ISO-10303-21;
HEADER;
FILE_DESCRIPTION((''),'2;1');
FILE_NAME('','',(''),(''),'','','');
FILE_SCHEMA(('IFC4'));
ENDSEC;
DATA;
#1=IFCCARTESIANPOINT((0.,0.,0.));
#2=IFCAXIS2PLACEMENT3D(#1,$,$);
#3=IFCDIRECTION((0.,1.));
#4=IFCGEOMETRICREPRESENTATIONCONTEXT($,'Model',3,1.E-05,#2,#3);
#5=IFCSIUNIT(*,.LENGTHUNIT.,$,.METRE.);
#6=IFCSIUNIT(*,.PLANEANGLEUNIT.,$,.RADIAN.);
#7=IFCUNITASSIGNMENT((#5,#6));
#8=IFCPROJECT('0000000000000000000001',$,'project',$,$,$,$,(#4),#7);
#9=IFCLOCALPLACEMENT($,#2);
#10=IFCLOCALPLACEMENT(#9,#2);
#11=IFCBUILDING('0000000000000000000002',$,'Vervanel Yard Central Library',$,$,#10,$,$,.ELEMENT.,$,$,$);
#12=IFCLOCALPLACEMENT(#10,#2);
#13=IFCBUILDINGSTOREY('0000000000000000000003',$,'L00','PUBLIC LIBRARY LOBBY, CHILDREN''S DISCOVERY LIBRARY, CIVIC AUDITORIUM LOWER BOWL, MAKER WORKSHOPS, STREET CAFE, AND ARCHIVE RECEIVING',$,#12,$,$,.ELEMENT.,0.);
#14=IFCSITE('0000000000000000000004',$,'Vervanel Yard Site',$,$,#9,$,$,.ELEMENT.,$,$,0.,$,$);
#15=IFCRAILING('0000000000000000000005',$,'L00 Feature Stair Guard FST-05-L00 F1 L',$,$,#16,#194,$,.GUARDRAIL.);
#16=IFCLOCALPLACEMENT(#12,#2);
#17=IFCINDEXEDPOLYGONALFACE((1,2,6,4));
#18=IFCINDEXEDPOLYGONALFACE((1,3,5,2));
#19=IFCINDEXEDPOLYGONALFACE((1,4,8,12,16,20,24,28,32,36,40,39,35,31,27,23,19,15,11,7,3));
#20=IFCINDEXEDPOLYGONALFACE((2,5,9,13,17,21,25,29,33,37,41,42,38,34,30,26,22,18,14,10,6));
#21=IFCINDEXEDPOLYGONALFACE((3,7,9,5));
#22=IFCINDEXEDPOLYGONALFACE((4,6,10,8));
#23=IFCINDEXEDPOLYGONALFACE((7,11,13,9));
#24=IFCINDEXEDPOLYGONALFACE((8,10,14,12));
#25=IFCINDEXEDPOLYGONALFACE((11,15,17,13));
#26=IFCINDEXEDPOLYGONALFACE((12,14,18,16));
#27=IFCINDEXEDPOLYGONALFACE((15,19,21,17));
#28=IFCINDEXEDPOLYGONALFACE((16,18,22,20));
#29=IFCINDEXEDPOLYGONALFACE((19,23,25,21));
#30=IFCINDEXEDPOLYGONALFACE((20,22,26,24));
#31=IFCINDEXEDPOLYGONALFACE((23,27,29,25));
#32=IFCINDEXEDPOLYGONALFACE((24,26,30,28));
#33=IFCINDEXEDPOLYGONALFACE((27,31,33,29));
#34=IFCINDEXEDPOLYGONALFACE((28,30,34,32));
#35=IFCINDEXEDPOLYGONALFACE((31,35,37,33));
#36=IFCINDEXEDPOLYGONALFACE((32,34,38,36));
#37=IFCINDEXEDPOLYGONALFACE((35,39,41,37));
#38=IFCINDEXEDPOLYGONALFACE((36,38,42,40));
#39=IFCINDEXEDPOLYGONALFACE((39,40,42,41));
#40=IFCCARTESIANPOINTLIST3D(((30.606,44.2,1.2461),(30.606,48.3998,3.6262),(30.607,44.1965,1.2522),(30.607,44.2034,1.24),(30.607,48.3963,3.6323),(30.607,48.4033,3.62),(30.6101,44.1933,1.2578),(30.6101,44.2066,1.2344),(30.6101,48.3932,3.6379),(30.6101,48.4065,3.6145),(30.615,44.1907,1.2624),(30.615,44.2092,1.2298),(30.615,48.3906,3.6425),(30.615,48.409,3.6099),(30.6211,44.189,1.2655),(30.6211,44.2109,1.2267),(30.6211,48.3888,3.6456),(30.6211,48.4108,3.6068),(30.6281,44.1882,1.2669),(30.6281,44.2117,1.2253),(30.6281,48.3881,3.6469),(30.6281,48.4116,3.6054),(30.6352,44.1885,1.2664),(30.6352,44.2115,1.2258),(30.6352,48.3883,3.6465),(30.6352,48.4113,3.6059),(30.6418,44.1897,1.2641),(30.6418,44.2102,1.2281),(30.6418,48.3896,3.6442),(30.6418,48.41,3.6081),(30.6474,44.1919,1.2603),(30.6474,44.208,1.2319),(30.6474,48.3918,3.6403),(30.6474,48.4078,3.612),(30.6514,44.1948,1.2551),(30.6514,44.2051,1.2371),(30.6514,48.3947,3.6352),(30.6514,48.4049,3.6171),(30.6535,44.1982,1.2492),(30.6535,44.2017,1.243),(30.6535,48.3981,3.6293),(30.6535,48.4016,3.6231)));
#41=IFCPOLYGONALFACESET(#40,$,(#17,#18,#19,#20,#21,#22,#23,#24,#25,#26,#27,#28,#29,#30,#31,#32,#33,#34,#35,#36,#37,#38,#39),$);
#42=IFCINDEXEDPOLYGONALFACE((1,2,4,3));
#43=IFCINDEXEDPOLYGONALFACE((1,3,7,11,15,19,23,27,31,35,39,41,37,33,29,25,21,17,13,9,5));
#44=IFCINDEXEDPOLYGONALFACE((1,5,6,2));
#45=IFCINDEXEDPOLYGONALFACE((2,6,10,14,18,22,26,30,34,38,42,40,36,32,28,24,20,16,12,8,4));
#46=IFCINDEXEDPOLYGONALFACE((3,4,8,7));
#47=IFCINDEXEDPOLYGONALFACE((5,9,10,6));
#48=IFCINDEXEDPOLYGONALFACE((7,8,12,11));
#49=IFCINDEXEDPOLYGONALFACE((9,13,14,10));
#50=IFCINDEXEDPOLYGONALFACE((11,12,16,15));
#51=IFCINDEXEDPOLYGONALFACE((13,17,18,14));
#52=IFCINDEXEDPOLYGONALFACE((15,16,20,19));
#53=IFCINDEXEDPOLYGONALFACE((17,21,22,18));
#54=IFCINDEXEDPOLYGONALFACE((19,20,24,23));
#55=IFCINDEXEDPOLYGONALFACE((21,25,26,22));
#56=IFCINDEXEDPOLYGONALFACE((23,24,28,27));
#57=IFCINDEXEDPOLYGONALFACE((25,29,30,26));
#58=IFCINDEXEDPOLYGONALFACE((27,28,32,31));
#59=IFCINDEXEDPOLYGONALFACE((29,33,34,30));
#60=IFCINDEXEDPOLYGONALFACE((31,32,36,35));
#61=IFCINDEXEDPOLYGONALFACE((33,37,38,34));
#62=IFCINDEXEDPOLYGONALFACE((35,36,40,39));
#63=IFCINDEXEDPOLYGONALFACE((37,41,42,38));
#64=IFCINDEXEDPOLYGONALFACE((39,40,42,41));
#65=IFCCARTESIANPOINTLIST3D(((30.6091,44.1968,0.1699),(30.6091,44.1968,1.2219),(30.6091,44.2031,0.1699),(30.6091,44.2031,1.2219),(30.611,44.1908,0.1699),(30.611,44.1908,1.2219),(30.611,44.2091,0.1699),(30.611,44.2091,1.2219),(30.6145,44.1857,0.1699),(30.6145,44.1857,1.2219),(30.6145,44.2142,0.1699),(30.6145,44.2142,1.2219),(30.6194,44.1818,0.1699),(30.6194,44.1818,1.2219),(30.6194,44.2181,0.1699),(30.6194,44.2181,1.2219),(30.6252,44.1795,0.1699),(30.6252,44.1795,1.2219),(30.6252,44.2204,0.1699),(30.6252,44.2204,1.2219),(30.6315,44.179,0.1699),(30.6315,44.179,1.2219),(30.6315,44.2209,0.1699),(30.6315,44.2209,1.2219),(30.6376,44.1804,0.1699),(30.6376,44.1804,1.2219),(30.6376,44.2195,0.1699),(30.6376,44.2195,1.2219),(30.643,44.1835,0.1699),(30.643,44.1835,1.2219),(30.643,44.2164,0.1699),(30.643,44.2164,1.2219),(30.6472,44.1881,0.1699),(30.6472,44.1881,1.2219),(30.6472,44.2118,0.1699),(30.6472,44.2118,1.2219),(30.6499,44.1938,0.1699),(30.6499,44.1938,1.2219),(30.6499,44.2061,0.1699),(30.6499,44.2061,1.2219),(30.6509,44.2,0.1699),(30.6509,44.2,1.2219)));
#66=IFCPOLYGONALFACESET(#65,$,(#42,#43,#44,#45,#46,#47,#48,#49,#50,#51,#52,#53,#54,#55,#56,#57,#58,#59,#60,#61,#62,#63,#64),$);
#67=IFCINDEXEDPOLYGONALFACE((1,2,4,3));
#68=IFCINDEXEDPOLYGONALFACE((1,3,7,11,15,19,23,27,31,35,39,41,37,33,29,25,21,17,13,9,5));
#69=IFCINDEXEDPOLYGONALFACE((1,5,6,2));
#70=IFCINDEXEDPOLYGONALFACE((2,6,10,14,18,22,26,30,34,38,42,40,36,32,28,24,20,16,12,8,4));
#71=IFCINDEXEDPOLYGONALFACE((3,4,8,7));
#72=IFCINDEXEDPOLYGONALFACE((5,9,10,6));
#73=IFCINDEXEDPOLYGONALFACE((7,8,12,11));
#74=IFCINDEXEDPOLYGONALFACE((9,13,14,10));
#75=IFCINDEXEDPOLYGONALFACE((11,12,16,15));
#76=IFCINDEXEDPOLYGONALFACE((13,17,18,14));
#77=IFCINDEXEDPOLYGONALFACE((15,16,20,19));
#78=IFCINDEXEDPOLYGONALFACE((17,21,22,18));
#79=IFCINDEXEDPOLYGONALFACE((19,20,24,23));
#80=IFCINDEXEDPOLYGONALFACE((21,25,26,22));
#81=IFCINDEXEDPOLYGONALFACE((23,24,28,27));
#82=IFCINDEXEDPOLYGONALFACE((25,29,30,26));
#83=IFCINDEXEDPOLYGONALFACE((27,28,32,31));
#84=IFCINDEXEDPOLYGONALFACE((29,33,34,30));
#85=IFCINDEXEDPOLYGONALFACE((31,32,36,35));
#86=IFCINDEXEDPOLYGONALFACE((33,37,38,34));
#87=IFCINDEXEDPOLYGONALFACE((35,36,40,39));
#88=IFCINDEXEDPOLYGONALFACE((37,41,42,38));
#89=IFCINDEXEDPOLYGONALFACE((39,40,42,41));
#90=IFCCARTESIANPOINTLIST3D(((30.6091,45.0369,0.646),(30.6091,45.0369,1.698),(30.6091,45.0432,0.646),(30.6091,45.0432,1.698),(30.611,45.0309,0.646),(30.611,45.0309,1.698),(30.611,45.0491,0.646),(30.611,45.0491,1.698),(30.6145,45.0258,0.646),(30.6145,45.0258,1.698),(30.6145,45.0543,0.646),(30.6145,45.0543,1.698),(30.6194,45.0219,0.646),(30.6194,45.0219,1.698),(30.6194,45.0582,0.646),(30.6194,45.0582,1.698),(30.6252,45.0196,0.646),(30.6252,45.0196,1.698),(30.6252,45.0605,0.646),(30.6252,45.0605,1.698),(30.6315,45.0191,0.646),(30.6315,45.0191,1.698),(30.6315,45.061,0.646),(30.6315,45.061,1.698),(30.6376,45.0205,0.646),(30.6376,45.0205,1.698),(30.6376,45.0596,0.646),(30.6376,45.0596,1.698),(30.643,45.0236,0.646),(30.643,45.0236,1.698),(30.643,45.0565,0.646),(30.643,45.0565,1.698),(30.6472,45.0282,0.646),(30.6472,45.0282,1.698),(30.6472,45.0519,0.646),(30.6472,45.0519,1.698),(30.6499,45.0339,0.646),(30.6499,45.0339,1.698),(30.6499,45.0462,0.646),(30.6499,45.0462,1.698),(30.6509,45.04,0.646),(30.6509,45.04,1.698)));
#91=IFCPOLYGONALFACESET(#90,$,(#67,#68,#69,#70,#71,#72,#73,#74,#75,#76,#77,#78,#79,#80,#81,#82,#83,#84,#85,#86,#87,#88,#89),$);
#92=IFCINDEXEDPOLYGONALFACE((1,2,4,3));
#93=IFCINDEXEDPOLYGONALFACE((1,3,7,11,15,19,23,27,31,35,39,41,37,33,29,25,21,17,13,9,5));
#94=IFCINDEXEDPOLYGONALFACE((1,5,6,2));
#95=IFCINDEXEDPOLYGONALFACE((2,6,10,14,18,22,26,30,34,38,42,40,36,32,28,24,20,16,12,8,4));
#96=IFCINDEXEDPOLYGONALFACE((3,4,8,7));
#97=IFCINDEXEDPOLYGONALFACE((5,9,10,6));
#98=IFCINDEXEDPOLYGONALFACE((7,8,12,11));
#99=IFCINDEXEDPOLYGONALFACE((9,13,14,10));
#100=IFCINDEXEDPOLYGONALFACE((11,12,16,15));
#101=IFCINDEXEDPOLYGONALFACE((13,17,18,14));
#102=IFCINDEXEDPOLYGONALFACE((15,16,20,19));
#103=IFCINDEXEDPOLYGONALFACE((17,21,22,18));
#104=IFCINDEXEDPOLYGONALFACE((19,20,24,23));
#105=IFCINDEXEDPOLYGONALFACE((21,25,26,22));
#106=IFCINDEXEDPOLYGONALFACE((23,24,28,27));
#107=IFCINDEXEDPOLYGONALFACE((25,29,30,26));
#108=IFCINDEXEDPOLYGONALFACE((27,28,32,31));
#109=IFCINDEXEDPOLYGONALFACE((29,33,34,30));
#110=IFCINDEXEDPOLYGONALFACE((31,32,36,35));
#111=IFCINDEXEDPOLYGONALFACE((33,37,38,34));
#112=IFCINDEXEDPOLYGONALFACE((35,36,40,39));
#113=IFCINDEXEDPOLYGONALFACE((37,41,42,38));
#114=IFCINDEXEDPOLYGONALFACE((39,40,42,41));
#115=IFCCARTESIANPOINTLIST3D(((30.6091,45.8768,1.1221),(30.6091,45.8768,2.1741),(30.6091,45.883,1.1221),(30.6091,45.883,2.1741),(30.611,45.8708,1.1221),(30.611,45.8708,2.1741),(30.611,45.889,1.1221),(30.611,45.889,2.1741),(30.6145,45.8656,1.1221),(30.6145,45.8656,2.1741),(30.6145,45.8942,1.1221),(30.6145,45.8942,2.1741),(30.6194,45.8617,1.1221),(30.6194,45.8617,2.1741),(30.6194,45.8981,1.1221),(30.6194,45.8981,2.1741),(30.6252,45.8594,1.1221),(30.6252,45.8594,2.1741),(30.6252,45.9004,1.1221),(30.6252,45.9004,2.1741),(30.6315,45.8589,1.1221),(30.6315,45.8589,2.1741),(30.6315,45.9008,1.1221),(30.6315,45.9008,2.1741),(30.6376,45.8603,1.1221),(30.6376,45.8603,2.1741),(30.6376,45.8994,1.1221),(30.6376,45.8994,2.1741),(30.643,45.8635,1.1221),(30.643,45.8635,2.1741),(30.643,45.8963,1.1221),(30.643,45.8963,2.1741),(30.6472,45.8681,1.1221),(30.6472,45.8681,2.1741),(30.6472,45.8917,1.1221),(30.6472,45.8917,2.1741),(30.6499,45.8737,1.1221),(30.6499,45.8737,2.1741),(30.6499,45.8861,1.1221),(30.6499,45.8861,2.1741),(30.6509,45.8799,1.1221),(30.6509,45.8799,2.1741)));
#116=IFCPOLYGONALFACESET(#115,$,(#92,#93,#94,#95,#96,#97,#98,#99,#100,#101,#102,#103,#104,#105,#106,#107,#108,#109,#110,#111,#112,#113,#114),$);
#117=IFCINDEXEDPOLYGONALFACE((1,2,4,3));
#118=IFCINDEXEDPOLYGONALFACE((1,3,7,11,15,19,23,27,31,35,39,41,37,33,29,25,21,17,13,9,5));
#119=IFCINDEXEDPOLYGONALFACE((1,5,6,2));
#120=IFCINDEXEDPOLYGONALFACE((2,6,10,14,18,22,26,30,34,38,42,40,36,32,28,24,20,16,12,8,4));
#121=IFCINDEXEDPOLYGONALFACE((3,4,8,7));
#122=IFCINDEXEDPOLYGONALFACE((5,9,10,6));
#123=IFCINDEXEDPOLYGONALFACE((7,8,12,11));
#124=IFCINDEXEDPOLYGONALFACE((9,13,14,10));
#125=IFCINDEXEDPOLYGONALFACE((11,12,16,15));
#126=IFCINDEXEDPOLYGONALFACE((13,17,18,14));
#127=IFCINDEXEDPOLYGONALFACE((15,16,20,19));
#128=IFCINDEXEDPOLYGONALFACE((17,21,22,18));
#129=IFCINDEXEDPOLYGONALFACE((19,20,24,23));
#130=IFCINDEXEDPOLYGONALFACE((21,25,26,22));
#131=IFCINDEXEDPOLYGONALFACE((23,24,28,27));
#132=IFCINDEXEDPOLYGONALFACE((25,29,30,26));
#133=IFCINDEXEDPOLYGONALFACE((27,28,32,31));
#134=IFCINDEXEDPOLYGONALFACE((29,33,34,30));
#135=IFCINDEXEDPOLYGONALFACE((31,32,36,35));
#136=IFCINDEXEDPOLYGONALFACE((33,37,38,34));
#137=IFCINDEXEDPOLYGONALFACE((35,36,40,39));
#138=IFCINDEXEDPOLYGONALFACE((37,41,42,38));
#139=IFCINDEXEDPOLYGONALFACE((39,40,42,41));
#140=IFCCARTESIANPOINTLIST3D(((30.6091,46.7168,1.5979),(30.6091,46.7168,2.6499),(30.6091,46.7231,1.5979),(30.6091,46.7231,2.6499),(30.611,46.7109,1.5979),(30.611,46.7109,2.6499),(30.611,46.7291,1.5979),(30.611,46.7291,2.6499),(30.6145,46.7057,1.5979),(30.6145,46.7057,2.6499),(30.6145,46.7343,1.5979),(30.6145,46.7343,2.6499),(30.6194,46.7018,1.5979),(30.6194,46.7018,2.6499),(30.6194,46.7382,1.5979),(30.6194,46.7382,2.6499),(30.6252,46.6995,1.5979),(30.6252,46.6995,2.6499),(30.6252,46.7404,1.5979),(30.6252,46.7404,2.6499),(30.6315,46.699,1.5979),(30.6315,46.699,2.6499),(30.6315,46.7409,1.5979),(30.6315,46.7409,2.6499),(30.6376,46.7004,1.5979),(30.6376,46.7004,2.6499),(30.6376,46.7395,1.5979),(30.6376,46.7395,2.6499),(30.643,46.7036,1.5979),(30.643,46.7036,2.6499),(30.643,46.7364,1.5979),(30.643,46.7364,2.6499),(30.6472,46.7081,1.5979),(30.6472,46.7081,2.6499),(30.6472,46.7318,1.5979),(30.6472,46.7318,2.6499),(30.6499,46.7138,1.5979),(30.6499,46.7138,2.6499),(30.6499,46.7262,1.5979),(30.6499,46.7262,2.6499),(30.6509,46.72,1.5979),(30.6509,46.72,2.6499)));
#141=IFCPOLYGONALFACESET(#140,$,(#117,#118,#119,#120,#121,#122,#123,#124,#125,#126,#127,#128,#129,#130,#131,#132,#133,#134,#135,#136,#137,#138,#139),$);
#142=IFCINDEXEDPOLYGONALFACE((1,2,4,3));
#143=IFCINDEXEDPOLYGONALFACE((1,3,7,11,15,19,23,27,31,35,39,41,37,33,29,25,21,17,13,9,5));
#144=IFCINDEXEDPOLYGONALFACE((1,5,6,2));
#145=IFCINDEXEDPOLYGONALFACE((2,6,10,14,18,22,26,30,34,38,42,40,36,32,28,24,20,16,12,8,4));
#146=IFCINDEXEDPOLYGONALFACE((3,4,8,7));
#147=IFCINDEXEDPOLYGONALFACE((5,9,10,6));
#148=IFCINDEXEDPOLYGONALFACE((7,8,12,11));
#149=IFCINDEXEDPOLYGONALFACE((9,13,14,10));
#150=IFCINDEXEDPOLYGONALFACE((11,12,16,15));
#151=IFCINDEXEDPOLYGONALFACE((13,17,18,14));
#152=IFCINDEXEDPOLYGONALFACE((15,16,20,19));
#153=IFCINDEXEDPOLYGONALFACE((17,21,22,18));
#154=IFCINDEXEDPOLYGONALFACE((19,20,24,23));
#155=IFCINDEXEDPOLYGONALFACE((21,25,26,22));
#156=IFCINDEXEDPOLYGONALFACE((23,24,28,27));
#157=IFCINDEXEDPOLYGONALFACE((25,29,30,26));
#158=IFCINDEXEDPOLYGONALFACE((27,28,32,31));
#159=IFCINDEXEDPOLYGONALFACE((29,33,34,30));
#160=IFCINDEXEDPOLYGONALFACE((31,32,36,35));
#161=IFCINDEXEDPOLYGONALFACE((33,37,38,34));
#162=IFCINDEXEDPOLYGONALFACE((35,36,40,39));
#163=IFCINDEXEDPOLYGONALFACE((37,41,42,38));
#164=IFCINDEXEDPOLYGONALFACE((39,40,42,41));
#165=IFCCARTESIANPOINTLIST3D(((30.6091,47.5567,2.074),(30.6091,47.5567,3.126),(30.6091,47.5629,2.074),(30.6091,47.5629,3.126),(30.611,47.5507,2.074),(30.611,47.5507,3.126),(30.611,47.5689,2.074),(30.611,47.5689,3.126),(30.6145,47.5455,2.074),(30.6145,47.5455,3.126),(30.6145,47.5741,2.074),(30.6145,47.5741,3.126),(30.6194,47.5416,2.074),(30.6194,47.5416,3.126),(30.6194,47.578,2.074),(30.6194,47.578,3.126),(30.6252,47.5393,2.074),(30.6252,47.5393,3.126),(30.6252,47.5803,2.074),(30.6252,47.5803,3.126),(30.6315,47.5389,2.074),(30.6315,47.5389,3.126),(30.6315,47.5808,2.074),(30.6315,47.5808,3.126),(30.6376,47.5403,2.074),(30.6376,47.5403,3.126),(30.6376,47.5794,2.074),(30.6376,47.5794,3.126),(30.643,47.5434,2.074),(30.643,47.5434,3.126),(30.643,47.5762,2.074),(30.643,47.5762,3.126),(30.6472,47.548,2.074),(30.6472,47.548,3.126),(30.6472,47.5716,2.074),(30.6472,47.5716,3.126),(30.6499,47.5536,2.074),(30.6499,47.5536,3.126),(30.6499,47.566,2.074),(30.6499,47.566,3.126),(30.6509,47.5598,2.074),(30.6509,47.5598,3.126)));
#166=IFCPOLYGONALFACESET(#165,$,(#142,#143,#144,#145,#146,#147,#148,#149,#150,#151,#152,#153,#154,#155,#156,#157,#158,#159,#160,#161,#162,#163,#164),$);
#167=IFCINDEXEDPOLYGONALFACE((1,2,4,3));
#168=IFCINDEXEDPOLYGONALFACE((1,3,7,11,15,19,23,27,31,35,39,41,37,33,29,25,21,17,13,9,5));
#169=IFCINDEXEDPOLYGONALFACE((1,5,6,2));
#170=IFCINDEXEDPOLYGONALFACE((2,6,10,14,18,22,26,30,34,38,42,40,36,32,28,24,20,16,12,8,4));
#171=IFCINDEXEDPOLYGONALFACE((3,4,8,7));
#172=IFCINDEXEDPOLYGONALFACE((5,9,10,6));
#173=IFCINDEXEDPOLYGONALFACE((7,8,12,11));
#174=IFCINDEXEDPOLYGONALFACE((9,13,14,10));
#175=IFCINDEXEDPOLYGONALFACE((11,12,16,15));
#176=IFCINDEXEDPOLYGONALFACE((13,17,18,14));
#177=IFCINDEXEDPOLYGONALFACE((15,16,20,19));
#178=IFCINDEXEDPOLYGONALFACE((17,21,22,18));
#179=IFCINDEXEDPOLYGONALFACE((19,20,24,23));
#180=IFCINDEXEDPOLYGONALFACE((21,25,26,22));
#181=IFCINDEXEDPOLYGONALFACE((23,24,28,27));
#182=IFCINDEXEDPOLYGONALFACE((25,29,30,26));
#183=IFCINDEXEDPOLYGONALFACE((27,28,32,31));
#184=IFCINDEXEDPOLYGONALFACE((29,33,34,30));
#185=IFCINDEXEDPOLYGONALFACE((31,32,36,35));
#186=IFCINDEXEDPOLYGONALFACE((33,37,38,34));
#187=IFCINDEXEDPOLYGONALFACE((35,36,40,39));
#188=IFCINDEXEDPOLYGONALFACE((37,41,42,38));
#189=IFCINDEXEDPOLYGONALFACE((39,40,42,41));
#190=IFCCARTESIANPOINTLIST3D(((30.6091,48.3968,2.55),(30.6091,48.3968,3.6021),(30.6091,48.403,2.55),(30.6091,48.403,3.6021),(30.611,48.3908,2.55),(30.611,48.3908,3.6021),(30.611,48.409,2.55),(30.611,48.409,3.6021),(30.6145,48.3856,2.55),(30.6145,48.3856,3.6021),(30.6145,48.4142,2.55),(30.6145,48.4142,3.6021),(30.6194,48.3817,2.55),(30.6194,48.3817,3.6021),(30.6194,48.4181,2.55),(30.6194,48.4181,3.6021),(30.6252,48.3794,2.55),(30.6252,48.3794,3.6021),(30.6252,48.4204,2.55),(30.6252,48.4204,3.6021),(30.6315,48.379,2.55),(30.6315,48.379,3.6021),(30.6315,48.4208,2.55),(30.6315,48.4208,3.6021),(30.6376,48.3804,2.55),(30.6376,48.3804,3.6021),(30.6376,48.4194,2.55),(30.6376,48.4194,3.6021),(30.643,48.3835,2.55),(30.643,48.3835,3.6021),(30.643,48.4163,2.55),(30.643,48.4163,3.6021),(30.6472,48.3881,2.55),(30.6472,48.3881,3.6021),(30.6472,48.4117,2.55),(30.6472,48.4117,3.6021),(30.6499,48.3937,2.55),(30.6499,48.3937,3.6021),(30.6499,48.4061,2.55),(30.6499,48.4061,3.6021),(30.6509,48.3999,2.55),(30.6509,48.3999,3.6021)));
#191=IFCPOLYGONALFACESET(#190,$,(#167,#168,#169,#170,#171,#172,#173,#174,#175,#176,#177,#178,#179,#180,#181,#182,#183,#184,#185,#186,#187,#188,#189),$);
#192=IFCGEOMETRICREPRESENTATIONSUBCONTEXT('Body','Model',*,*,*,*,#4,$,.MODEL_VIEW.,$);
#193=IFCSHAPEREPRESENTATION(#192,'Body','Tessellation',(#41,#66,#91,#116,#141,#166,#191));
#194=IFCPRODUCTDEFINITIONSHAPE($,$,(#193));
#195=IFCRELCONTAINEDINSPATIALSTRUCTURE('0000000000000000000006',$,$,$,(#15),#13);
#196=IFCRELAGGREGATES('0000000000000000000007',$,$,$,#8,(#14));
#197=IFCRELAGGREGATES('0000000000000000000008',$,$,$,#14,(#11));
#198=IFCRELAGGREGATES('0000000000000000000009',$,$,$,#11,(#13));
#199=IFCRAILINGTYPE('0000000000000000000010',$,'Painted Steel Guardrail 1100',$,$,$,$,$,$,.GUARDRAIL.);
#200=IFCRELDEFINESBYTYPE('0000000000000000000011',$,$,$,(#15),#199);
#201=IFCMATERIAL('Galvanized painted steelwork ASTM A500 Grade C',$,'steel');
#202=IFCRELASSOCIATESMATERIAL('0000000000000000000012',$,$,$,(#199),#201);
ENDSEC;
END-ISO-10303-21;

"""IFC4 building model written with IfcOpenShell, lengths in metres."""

from ifc_helpers import new_model, si_unit, direction, frame, origin, origin_2d, place, context, subcontext, project, spatial, circle, extrude, material, type_object, element, save


model = new_model("IFC4")

# Units and contexts
model_context = context("Model", 3, precision=1e-05, world=origin(), true_north=direction((0.0, 1.0)))
body_context = subcontext(model_context, "Body", "Model", "MODEL_VIEW")
ifc_project = project(units=[si_unit("LENGTHUNIT", "METRE"), si_unit("PLANEANGLEUNIT", "RADIAN")], contexts=[model_context])

# Site, building, storey
site_placement = place(None, origin())
site = spatial("IfcSite", under=ifc_project, at=site_placement, Name="Vervanel Yard Site", CompositionType="ELEMENT", RefElevation=0.0)
building_placement = place(site_placement, origin())
building = spatial("IfcBuilding", under=site, at=building_placement, Name="Vervanel Yard Central Library", CompositionType="ELEMENT")
storey_placement = place(building_placement, origin())
storey = spatial("IfcBuildingStorey", under=building, at=storey_placement, Name="L00", Description="PUBLIC LIBRARY LOBBY, CHILDREN'S DISCOVERY LIBRARY, CIVIC AUDITORIUM LOWER BOWL, MAKER WORKSHOPS, STREET CAFE, AND ARCHIVE RECEIVING", CompositionType="ELEMENT", Elevation=0.0)

# Railing
ifc_material_1 = material(Name="Galvanized painted steelwork ASTM A500 Grade C", Category="steel")
railing_type = type_object("IfcRailingType", Name="Painted Steel Guardrail 1100", PredefinedType="GUARDRAIL", material=ifc_material_1)
for number, where, name in (
    (1, (30.6299, 44.2, 0.1699), "L00 Feature Stair Guard FST-05-L00 F1 L"),
):
    element("IfcRailing", number, at=place(storey_placement, frame(where)), inside=storey, type_object=railing_type, Name=name, PredefinedType="GUARDRAIL", context=body_context, shape_type="SweptSolid", body=[
        extrude(circle(Radius=0.0239, at=origin_2d()), frame((0.0, 0.0, 1.0762), z_axis=(0.0, 0.870008, 0.493037), x_axis=(-1.0, 0.0, 0.0)), (0.0, 0.0, 1.0), 4.8274),
        extrude(circle(Radius=0.021, at=origin_2d()), origin(), (0.0, 0.0, 1.0), 1.052),
        extrude(circle(Radius=0.021, at=origin_2d()), frame((0.0, 0.8401, 0.4761)), (0.0, 0.0, 1.0), 1.052),
        extrude(circle(Radius=0.021, at=origin_2d()), frame((0.0, 1.6799, 0.9521)), (0.0, 0.0, 1.0), 1.052),
        extrude(circle(Radius=0.021, at=origin_2d()), frame((0.0, 2.52, 1.428)), (0.0, 0.0, 1.0), 1.052),
        extrude(circle(Radius=0.021, at=origin_2d()), frame((0.0, 3.3599, 1.9041)), (0.0, 0.0, 1.0), 1.052),
        extrude(circle(Radius=0.021, at=origin_2d()), frame((0.0, 4.2, 2.3801)), (0.0, 0.0, 1.0), 1.052),
    ])

save(model, "model.ifc")
